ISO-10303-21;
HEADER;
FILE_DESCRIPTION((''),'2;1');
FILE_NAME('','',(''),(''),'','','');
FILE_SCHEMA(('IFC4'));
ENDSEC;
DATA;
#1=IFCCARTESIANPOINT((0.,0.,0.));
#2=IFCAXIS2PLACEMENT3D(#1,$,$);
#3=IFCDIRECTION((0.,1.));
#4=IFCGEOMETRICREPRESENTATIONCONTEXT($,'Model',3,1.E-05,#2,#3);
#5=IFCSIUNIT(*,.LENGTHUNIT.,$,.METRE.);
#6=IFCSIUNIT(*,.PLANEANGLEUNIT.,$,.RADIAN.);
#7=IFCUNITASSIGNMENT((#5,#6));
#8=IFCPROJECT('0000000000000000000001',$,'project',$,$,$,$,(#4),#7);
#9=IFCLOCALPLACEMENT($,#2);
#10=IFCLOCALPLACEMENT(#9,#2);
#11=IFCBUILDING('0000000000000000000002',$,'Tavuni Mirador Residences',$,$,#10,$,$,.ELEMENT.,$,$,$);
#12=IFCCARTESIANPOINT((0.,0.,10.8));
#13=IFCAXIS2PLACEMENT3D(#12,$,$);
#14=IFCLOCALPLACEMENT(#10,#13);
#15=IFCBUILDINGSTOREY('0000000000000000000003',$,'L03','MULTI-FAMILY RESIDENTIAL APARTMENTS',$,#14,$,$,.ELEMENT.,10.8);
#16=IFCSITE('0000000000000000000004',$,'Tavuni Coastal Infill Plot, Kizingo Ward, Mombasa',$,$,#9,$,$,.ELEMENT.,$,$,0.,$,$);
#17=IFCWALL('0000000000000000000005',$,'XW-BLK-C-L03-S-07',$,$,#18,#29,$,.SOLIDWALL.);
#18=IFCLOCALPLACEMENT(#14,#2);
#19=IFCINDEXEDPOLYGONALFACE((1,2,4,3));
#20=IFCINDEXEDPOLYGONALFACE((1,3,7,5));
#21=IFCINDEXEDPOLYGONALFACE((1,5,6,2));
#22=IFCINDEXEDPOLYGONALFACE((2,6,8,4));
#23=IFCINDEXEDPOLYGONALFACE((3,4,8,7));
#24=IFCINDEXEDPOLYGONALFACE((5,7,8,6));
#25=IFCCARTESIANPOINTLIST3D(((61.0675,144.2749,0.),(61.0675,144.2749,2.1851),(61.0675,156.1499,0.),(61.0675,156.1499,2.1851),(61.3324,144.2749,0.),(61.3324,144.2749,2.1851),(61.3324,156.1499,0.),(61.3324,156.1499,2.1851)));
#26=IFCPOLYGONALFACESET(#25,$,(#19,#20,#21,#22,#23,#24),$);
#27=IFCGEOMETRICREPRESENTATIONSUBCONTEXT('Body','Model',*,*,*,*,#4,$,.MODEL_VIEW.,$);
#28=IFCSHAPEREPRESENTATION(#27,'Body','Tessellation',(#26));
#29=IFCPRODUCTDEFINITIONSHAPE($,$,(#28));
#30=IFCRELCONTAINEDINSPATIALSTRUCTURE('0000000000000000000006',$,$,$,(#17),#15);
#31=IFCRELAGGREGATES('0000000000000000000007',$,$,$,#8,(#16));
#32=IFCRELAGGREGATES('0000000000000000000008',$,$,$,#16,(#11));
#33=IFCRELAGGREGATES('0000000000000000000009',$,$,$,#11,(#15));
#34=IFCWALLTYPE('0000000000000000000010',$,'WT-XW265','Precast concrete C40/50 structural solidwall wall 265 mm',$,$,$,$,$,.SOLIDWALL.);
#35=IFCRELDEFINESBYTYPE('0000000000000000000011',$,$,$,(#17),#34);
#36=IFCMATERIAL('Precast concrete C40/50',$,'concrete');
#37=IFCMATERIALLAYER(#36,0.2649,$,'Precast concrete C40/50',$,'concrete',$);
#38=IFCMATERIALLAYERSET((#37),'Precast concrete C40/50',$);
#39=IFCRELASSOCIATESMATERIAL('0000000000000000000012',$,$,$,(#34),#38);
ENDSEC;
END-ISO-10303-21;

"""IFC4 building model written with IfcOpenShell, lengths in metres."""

from ifc_helpers import new_model, si_unit, direction, frame, frame_2d, origin, place, context, subcontext, project, spatial, rectangle, extrude, material, layer, layer_set, type_object, element, save


model = new_model("IFC4")

# Units and contexts
model_context = context("Model", 3, precision=1e-05, world=origin(), true_north=direction((0.0, 1.0)))
body_context = subcontext(model_context, "Body", "Model", "MODEL_VIEW")
ifc_project = project(units=[si_unit("LENGTHUNIT", "METRE"), si_unit("PLANEANGLEUNIT", "RADIAN")], contexts=[model_context])

# Site, building, storey
site_placement = place(None, origin())
site = spatial("IfcSite", under=ifc_project, at=site_placement, Name="Tavuni Coastal Infill Plot, Kizingo Ward, Mombasa", CompositionType="ELEMENT", RefElevation=0.0)
building_placement = place(site_placement, origin())
building = spatial("IfcBuilding", under=site, at=building_placement, Name="Tavuni Mirador Residences", CompositionType="ELEMENT")
storey_placement = place(building_placement, frame((0.0, 0.0, 10.8)))
storey = spatial("IfcBuildingStorey", under=building, at=storey_placement, Name="L03", Description="MULTI-FAMILY RESIDENTIAL APARTMENTS", CompositionType="ELEMENT", Elevation=10.8)

# Shared definitions
ifc_material_1 = material(Name="Precast concrete C40/50", Category="concrete")

# Wall
ifc_layer_1 = layer(ifc_material_1, 0.2649, Name="Precast concrete C40/50", Category="concrete")
ifc_layer_set_1 = layer_set([ifc_layer_1], Name="Precast concrete C40/50")
wall_type_1 = type_object("IfcWallType", Name="WT-XW265", Description="Precast concrete C40/50 structural solidwall wall 265 mm", PredefinedType="SOLIDWALL", material=ifc_layer_set_1)
for number, where, z_axis, x_axis, name in (
    (1, (61.2, 144.2749, 0.0), (0.0, 0.0, 1.0), (0.0, 1.0, 0.0), "XW-BLK-C-L03-S-07"),
):
    element("IfcWall", number, at=place(storey_placement, frame(where, z_axis=z_axis, x_axis=x_axis)), inside=storey, type_object=wall_type_1, Name=name, PredefinedType="SOLIDWALL", context=body_context, shape_type="SweptSolid", body=[
        extrude(rectangle(XDim=11.875, YDim=0.2649, at=frame_2d((5.9375, 0.0))), origin(), (0.0, 0.0, 1.0), 2.1851),
    ])

save(model, "model.ifc")
